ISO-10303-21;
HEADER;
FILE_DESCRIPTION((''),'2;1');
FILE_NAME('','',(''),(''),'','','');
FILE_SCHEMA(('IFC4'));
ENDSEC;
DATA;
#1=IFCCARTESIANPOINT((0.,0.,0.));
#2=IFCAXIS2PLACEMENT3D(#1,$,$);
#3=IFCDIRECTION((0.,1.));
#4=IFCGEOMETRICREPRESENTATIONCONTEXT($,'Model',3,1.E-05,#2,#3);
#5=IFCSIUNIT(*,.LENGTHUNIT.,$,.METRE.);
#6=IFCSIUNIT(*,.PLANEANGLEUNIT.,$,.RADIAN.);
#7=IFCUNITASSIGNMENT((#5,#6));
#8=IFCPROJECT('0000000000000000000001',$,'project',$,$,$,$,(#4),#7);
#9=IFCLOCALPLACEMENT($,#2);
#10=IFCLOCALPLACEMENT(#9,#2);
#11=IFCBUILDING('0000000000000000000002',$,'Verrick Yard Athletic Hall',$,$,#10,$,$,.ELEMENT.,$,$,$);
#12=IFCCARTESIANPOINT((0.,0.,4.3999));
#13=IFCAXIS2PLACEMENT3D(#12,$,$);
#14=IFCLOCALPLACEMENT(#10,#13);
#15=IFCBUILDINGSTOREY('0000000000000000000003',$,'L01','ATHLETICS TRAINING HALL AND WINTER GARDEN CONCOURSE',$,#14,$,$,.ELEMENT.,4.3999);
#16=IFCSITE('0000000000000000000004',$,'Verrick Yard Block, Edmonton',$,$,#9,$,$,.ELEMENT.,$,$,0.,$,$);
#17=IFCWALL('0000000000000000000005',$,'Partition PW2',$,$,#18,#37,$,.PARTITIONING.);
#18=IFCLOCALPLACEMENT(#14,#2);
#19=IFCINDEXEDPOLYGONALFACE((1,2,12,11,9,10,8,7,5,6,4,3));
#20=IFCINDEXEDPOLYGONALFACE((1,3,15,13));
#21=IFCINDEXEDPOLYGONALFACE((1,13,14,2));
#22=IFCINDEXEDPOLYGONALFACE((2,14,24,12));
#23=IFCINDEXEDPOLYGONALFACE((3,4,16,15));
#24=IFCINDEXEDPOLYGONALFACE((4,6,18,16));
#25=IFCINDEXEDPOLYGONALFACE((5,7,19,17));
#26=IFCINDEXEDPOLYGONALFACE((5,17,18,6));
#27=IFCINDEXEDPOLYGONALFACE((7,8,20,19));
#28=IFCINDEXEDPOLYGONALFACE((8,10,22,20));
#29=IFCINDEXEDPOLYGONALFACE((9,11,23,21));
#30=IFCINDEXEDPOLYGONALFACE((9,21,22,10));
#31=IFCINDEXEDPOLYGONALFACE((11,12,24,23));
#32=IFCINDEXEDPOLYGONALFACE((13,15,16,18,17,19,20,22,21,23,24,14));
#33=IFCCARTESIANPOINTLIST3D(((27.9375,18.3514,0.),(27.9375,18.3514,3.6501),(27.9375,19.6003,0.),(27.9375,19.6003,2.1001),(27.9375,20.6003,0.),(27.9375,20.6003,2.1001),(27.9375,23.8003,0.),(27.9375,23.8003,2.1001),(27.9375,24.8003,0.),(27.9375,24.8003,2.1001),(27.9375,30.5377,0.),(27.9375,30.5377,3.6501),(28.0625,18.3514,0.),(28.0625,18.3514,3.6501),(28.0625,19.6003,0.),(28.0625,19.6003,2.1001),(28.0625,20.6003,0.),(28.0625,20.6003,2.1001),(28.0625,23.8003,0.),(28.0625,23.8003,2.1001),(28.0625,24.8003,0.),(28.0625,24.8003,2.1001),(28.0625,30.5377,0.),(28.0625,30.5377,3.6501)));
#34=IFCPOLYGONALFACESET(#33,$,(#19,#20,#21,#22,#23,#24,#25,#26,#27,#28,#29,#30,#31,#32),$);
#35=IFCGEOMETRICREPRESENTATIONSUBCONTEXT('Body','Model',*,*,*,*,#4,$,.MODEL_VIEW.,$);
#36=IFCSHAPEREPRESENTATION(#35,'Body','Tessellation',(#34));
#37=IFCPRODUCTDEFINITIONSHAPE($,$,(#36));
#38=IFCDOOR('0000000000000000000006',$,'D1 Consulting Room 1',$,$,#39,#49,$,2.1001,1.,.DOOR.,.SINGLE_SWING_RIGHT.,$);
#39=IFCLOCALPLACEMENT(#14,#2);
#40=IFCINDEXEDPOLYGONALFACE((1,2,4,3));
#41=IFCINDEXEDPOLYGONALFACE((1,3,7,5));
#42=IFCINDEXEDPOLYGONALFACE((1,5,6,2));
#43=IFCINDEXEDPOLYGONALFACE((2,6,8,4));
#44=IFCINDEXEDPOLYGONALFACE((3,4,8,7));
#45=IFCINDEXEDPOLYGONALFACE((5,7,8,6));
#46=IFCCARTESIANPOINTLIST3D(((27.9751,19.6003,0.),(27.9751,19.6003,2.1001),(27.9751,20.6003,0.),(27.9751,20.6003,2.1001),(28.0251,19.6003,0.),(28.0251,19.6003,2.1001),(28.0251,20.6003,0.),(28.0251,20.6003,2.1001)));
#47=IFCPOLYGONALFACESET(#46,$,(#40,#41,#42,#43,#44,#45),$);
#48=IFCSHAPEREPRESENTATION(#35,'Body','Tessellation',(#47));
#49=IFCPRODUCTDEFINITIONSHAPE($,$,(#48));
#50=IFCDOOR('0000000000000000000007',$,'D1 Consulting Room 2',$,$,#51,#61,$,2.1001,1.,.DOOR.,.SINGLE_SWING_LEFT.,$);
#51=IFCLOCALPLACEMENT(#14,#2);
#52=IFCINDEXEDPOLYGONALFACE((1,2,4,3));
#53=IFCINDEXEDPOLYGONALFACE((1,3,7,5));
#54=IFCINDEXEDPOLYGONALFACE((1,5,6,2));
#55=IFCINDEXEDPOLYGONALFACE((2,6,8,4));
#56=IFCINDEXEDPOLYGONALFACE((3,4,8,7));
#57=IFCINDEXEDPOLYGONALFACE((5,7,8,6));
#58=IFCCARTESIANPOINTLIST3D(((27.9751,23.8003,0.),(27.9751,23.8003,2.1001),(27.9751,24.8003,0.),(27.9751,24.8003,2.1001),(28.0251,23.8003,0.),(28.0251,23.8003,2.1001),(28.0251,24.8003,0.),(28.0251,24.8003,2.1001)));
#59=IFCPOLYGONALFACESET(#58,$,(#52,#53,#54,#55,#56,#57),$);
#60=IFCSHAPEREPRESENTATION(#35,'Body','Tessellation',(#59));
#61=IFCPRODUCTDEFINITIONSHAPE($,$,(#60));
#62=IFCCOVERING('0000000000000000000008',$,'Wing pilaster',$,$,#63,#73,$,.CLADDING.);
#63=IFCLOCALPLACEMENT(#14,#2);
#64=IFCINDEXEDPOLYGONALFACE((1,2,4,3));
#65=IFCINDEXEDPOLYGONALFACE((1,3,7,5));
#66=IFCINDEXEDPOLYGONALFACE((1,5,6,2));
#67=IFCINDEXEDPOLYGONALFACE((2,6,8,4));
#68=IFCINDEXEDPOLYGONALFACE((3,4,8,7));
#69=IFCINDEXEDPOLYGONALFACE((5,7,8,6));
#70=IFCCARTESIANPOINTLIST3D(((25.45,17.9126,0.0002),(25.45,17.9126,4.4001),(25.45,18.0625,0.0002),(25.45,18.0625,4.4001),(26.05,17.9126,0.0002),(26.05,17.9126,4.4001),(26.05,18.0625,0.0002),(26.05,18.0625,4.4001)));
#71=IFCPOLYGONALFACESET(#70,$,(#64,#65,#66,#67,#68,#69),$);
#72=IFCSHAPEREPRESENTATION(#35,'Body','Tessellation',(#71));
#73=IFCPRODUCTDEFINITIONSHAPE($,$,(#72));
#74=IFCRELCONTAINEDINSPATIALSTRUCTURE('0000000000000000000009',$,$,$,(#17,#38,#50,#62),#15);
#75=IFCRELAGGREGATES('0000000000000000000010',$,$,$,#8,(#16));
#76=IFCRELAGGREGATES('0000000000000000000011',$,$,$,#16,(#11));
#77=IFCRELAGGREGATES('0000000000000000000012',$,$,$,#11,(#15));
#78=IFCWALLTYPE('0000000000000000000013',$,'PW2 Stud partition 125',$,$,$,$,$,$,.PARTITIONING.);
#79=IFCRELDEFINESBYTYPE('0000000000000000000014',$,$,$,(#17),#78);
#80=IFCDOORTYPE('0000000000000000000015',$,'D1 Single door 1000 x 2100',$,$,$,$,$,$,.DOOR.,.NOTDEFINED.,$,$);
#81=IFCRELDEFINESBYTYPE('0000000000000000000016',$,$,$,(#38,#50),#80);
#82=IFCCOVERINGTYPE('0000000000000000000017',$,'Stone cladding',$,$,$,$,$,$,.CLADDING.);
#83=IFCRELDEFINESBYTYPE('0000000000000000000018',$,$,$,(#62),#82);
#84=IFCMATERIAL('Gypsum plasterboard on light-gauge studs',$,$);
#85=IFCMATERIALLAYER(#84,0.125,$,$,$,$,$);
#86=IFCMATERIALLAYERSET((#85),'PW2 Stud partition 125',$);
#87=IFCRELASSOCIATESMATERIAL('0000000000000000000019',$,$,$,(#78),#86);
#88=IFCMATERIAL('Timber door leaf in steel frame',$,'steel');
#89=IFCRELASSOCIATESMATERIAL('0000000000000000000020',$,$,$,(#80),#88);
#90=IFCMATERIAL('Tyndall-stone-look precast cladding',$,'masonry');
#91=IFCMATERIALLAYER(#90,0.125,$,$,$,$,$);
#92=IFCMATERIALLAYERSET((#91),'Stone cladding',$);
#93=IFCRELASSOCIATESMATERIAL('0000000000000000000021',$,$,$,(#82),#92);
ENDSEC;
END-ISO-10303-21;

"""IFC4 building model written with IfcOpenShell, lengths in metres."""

from ifc_helpers import new_model, si_unit, direction, frame, frame_2d, origin, origin_2d, place, context, subcontext, project, spatial, rectangle, extrude, material, layer, layer_set, type_object, element, fill, save


model = new_model("IFC4")

# Units and contexts
model_context = context("Model", 3, precision=1e-05, world=origin(), true_north=direction((0.0, 1.0)))
body_context = subcontext(model_context, "Body", "Model", "MODEL_VIEW")
ifc_project = project(units=[si_unit("LENGTHUNIT", "METRE"), si_unit("PLANEANGLEUNIT", "RADIAN")], contexts=[model_context])

# Site, building, storey
site_placement = place(None, origin())
site = spatial("IfcSite", under=ifc_project, at=site_placement, Name="Verrick Yard Block, Edmonton", CompositionType="ELEMENT", RefElevation=0.0)
building_placement = place(site_placement, origin())
building = spatial("IfcBuilding", under=site, at=building_placement, Name="Verrick Yard Athletic Hall", CompositionType="ELEMENT")
storey_placement = place(building_placement, frame((0.0, 0.0, 4.3999)))
storey = spatial("IfcBuildingStorey", under=building, at=storey_placement, Name="L01", Description="ATHLETICS TRAINING HALL AND WINTER GARDEN CONCOURSE", CompositionType="ELEMENT", Elevation=4.3999)

# Wall, openings, doors
ifc_material_1 = material(Name="Gypsum plasterboard on light-gauge studs")
ifc_layer_1 = layer(ifc_material_1, 0.125)
ifc_layer_set_1 = layer_set([ifc_layer_1], Name="PW2 Stud partition 125")
wall_type = type_object("IfcWallType", Name="PW2 Stud partition 125", PredefinedType="PARTITIONING", material=ifc_layer_set_1)
wall_placement = place(storey_placement, frame((28.0, 18.3513, 0.0), z_axis=(0.0, 0.0, 1.0), x_axis=(0.0, 1.0, 0.0)))
wall = element("IfcWall", 1, at=wall_placement, inside=storey, type_object=wall_type, Name="Partition PW2", PredefinedType="PARTITIONING", context=body_context, shape_type="SweptSolid", body=[
    extrude(rectangle(XDim=12.1863, YDim=0.125, at=frame_2d((6.0933, 0.0))), origin(), (0.0, 0.0, 1.0), 3.6501),
])
opening_1_placement = place(wall_placement, frame((1.249, 0.0, 0.0)))
opening_1 = element("IfcOpeningElement", 2, at=opening_1_placement, cuts=wall, PredefinedType="OPENING", context=body_context, shape_type="SweptSolid", body=[
    extrude(rectangle(XDim=1.0, YDim=2.1001, at=frame_2d((0.5, 1.05))), frame((0.0, 0.0725, 0.0), z_axis=(0.0, -1.0, 0.0), x_axis=(1.0, 0.0, 0.0)), (0.0, 0.0, 1.0), 0.145),
])
opening_2_placement = place(wall_placement, frame((5.449, 0.0, 0.0)))
opening_2 = element("IfcOpeningElement", 3, at=opening_2_placement, cuts=wall, PredefinedType="OPENING", context=body_context, shape_type="SweptSolid", body=[
    extrude(rectangle(XDim=1.0, YDim=2.1001, at=frame_2d((0.5, 1.05))), frame((0.0, 0.0725, 0.0), z_axis=(0.0, -1.0, 0.0), x_axis=(1.0, 0.0, 0.0)), (0.0, 0.0, 1.0), 0.145),
])
ifc_material_2 = material(Name="Timber door leaf in steel frame", Category="steel")
door_type = type_object("IfcDoorType", Name="D1 Single door 1000 x 2100", OperationType="NOTDEFINED", PredefinedType="DOOR", material=ifc_material_2)
door_1_placement = place(opening_1_placement, origin())
door_1 = element("IfcDoor", 4, at=door_1_placement, inside=storey, type_object=door_type, Name="D1 Consulting Room 1", OperationType="SINGLE_SWING_RIGHT", OverallHeight=2.1001, OverallWidth=1.0, PredefinedType="DOOR", context=body_context, shape_type="SweptSolid", body=[
    extrude(rectangle(XDim=1.0, YDim=2.1001, at=frame_2d((0.5, 1.05))), frame((0.0, 0.0249, 0.0), z_axis=(0.0, -1.0, 0.0), x_axis=(1.0, 0.0, 0.0)), (0.0, 0.0, 1.0), 0.05),
])
fill(opening_1, door_1)
door_2_placement = place(opening_2_placement, origin())
door_2 = element("IfcDoor", 5, at=door_2_placement, inside=storey, type_object=door_type, Name="D1 Consulting Room 2", OperationType="SINGLE_SWING_LEFT", OverallHeight=2.1001, OverallWidth=1.0, PredefinedType="DOOR", context=body_context, shape_type="SweptSolid", body=[
    extrude(rectangle(XDim=1.0, YDim=2.1001, at=frame_2d((0.5, 1.05))), frame((0.0, 0.0249, 0.0), z_axis=(0.0, -1.0, 0.0), x_axis=(1.0, 0.0, 0.0)), (0.0, 0.0, 1.0), 0.05),
])
fill(opening_2, door_2)

# Covering
ifc_material_3 = material(Name="Tyndall-stone-look precast cladding", Category="masonry")
ifc_layer_2 = layer(ifc_material_3, 0.125)
ifc_layer_set_2 = layer_set([ifc_layer_2], Name="Stone cladding")
covering_type = type_object("IfcCoveringType", Name="Stone cladding", PredefinedType="CLADDING", material=ifc_layer_set_2)
covering_placement = place(storey_placement, frame((25.75, 17.9875, 0.0002), z_axis=(0.0, 0.0, 1.0), x_axis=(1.0, 0.0, 0.0)))
element("IfcCovering", 6, at=covering_placement, inside=storey, type_object=covering_type, Name="Wing pilaster", PredefinedType="CLADDING", context=body_context, shape_type="SweptSolid", body=[
    extrude(rectangle(XDim=0.6001, YDim=0.1499, at=origin_2d()), origin(), (0.0, 0.0, 1.0), 4.3999),
])

save(model, "model.ifc")
